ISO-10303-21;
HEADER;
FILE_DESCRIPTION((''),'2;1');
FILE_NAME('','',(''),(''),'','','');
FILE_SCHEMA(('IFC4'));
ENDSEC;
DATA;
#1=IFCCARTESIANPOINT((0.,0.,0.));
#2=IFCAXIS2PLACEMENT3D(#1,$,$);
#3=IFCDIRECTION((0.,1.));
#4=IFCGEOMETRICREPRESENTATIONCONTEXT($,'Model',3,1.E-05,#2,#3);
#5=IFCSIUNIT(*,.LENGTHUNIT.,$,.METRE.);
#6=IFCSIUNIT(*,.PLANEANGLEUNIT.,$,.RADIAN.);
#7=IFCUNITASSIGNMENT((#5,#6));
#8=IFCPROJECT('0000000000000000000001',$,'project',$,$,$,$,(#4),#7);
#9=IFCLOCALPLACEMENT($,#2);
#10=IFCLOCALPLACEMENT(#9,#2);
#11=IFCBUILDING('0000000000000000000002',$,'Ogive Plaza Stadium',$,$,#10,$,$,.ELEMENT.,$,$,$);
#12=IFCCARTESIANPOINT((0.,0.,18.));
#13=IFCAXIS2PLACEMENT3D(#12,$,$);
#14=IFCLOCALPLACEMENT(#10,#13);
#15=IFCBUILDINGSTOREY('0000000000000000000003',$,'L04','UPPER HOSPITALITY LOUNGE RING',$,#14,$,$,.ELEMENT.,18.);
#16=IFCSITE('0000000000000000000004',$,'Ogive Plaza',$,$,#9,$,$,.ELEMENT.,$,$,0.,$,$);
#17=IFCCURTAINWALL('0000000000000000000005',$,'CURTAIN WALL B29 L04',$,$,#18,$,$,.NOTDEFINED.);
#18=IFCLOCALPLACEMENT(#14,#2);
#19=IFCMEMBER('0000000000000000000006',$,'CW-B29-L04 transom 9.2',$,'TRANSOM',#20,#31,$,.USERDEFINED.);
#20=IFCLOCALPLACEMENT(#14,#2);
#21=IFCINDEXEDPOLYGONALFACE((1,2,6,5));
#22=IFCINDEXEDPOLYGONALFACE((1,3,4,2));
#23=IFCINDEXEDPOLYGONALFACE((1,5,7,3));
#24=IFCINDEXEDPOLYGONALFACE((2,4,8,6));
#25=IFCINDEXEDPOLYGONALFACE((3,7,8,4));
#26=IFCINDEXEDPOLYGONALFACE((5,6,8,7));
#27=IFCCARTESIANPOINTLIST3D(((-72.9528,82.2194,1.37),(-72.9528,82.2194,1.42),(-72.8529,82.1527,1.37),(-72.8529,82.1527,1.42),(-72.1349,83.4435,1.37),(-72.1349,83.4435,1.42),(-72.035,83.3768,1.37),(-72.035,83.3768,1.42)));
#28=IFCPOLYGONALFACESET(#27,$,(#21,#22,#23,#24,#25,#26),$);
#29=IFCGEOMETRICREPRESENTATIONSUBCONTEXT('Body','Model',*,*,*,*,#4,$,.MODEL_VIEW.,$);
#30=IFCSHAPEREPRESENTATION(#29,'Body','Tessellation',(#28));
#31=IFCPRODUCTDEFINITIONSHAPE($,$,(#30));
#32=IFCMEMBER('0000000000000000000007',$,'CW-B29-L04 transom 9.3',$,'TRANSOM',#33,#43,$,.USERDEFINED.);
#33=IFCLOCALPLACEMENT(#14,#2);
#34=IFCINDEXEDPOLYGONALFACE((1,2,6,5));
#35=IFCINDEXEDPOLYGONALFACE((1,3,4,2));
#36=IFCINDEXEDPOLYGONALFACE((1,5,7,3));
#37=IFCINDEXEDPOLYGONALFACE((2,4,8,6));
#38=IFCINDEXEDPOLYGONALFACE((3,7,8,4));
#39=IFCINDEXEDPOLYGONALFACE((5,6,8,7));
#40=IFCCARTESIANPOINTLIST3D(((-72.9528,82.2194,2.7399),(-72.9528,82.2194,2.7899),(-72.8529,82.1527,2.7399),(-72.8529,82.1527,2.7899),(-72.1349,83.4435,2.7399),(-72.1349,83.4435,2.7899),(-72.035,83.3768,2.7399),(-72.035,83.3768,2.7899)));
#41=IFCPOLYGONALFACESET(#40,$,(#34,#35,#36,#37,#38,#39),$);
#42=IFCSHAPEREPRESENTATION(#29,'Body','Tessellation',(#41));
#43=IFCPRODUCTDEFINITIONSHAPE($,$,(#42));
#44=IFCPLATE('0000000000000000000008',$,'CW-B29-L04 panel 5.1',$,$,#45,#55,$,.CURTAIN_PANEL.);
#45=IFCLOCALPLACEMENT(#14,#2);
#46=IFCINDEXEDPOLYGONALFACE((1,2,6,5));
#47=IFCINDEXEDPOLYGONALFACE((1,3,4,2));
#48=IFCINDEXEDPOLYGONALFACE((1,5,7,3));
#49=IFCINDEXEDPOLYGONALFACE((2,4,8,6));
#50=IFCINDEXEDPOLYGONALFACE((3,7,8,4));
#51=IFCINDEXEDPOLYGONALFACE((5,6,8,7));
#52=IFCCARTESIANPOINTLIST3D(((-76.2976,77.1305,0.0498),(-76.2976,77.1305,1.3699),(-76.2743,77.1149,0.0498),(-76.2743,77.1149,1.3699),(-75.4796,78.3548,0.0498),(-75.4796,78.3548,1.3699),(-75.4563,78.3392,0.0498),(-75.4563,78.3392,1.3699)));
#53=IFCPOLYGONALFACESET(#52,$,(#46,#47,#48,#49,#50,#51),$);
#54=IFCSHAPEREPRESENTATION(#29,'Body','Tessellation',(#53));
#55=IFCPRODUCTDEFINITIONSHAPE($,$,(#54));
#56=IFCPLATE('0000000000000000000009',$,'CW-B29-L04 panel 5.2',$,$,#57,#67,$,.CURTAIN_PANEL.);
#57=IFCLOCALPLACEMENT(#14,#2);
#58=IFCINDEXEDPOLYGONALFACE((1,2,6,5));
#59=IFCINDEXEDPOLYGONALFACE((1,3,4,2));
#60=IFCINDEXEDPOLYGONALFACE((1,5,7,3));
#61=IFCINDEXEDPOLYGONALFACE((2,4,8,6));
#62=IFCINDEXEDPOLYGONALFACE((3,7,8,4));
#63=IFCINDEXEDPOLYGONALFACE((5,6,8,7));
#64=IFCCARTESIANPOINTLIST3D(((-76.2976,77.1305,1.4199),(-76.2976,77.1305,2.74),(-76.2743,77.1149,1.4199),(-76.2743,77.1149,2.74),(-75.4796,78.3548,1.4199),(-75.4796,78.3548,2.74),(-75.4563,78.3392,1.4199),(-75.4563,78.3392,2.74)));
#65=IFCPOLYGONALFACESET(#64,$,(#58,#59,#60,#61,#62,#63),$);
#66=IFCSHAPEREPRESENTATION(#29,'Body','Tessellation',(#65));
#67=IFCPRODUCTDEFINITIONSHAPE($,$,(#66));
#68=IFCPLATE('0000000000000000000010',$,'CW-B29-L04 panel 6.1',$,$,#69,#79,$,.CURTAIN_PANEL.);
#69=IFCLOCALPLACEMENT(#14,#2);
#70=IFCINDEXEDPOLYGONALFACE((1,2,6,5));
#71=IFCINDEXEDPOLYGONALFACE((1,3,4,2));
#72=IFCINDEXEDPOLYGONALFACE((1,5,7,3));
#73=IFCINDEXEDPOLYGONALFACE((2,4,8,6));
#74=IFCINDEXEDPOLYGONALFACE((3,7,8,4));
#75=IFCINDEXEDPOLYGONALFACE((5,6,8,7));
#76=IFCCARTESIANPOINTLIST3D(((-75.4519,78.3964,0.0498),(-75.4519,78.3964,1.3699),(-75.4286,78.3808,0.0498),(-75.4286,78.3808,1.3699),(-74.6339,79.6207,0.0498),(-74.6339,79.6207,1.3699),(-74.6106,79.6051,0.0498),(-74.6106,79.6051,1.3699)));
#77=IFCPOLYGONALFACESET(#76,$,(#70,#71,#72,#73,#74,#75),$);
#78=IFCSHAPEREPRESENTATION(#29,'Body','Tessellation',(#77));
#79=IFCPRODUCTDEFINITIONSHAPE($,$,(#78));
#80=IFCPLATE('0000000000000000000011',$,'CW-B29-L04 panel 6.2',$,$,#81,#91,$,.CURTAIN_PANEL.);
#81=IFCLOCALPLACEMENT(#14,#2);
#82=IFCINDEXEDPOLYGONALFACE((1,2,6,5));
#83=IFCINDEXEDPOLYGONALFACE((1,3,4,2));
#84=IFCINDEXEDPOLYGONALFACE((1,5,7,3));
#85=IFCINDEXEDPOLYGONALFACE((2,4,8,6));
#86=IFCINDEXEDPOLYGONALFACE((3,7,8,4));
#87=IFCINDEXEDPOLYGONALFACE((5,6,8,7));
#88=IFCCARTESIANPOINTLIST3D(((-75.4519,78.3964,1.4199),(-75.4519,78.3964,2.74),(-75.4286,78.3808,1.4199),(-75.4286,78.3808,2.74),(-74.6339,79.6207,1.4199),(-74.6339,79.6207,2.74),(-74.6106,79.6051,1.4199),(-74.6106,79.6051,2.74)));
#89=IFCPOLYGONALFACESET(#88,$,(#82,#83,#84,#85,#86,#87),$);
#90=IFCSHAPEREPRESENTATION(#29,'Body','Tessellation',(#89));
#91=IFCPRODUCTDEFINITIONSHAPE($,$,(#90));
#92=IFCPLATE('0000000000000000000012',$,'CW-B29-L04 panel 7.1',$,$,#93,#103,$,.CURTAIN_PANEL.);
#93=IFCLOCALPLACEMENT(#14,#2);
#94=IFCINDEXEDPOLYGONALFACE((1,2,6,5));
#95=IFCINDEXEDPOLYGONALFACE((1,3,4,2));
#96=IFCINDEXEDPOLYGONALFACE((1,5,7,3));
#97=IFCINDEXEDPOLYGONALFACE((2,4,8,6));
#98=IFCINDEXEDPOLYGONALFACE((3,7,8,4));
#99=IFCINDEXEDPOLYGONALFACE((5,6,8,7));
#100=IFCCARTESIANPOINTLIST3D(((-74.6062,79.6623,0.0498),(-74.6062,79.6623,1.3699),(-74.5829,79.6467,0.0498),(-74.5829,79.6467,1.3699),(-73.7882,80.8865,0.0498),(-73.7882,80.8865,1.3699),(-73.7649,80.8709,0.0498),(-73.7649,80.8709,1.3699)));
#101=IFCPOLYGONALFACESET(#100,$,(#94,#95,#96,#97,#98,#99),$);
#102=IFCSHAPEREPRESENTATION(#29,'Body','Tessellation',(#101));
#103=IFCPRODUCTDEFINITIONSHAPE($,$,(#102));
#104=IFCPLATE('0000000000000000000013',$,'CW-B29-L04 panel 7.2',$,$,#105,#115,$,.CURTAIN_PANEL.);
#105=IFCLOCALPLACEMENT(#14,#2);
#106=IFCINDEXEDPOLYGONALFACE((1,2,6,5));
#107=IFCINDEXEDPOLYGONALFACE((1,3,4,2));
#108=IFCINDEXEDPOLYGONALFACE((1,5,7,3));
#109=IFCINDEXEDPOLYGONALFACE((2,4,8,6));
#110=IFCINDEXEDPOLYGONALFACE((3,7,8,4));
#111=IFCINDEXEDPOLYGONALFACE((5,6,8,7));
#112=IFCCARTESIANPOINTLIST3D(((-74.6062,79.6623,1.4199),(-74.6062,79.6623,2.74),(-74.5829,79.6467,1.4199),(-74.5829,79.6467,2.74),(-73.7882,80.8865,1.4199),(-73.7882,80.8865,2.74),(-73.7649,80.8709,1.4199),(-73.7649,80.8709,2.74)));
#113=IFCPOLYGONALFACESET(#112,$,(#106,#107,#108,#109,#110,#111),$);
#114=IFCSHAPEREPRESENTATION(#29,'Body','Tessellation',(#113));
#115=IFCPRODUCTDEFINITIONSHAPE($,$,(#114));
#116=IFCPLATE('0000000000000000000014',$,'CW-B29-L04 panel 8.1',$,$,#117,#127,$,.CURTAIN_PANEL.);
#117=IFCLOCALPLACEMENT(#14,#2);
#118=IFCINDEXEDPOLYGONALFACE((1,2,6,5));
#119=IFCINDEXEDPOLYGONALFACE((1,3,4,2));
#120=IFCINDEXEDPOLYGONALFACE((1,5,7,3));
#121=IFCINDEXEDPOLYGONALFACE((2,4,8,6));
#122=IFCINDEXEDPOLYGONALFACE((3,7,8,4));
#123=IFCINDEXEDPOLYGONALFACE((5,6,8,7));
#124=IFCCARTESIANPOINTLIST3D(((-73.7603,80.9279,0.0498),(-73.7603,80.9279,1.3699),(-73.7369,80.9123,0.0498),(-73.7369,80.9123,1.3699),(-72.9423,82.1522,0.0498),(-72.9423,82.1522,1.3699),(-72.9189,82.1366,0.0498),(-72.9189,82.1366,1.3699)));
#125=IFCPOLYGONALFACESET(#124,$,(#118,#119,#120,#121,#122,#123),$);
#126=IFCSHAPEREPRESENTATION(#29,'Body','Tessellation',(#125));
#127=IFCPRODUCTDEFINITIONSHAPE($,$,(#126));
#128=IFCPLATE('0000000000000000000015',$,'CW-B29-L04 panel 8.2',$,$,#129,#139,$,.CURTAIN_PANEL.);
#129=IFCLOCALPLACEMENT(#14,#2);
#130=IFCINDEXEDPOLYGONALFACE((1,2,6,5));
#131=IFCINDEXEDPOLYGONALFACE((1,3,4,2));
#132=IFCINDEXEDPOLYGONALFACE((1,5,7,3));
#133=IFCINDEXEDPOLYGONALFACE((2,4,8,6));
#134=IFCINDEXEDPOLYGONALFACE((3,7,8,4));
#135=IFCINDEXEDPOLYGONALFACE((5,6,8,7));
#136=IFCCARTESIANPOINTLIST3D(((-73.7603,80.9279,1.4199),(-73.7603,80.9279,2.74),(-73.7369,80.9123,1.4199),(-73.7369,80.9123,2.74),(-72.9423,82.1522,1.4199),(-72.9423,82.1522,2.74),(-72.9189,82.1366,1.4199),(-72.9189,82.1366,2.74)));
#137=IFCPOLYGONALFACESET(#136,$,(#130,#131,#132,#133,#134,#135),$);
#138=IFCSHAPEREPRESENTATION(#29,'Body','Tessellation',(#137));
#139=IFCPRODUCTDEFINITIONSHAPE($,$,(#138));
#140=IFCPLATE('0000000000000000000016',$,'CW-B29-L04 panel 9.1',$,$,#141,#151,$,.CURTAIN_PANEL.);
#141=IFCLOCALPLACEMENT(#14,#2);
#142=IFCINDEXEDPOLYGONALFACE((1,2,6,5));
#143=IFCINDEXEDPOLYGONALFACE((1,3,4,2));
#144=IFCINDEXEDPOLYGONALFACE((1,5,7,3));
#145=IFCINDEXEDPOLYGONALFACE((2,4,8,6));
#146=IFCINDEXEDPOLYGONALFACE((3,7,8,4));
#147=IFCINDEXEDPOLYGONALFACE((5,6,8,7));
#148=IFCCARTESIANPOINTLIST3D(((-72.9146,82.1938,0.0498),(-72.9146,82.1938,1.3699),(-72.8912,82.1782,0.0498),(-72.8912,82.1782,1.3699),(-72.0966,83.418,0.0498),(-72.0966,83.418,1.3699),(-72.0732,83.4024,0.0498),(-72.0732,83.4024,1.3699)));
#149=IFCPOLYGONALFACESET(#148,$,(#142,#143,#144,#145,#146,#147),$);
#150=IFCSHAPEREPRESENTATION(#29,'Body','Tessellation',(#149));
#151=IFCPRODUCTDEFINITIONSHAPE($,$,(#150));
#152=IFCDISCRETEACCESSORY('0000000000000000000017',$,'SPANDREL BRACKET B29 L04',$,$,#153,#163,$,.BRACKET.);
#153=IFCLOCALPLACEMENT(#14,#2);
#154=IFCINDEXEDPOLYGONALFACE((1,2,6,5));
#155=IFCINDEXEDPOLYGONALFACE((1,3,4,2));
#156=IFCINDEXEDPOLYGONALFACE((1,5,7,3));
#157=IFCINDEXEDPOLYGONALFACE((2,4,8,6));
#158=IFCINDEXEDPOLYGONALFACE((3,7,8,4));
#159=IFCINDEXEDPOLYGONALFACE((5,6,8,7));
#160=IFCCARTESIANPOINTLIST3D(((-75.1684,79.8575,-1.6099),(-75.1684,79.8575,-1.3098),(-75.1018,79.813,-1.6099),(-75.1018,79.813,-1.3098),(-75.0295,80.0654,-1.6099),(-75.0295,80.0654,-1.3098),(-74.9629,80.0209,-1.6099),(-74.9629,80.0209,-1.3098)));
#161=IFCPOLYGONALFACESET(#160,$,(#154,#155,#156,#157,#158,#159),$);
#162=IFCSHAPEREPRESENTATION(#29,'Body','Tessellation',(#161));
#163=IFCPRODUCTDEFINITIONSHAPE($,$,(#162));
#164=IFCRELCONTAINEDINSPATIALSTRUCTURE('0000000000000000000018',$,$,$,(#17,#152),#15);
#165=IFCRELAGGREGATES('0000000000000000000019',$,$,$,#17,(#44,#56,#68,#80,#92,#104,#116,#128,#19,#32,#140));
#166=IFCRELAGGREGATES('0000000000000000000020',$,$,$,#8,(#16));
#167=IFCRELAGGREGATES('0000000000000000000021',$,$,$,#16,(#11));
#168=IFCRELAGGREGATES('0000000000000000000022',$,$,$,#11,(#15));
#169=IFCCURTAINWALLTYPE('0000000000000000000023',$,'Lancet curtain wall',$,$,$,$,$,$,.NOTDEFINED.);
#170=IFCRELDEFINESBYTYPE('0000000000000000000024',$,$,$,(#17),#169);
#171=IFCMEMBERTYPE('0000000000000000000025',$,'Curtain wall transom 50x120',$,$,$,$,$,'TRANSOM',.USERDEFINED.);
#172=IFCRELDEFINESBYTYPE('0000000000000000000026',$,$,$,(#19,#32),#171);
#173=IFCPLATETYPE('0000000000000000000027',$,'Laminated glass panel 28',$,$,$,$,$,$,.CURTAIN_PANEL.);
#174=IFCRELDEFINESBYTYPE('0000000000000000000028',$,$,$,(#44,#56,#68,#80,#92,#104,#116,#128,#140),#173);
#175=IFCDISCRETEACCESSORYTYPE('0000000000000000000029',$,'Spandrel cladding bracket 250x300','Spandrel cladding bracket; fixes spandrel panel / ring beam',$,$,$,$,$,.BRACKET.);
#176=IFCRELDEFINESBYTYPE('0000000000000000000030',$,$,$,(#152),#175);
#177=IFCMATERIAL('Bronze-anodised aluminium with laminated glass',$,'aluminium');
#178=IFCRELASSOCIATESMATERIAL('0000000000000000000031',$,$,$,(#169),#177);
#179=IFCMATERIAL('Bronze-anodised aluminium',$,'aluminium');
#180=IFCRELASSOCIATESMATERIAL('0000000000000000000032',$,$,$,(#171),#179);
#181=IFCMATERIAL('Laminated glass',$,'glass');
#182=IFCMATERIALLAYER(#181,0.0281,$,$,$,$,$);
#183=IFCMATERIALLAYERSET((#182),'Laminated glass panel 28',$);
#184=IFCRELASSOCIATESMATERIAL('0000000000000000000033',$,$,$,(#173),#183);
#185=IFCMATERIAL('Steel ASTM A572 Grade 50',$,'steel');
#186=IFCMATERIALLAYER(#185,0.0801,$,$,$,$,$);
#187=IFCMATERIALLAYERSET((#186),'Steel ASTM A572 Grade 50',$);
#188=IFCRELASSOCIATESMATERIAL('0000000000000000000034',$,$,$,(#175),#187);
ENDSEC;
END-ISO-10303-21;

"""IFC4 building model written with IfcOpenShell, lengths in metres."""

from ifc_helpers import new_model, si_unit, direction, frame, origin, origin_2d, place, context, subcontext, project, spatial, rectangle, extrude, material, layer, layer_set, material_profile, profile_set, type_object, element, aggregate, save


model = new_model("IFC4")

# Units and contexts
model_context = context("Model", 3, precision=1e-05, world=origin(), true_north=direction((0.0, 1.0)))
body_context = subcontext(model_context, "Body", "Model", "MODEL_VIEW")
ifc_project = project(units=[si_unit("LENGTHUNIT", "METRE"), si_unit("PLANEANGLEUNIT", "RADIAN")], contexts=[model_context])

# Site, building, storey
site_placement = place(None, origin())
site = spatial("IfcSite", under=ifc_project, at=site_placement, Name="Ogive Plaza", CompositionType="ELEMENT", RefElevation=0.0)
building_placement = place(site_placement, origin())
building = spatial("IfcBuilding", under=site, at=building_placement, Name="Ogive Plaza Stadium", CompositionType="ELEMENT")
storey_placement = place(building_placement, frame((0.0, 0.0, 18.0)))
storey = spatial("IfcBuildingStorey", under=building, at=storey_placement, Name="L04", Description="UPPER HOSPITALITY LOUNGE RING", CompositionType="ELEMENT", Elevation=18.0)

# Curtain wall, members, plates
ifc_material_1 = material(Name="Bronze-anodised aluminium with laminated glass", Category="aluminium")
curtain_wall_type = type_object("IfcCurtainWallType", Name="Lancet curtain wall", PredefinedType="NOTDEFINED", material=ifc_material_1)
curtain_wall_placement = place(storey_placement, origin())
curtain_wall = element("IfcCurtainWall", 1, at=curtain_wall_placement, inside=storey, type_object=curtain_wall_type, Name="CURTAIN WALL B29 L04", PredefinedType="NOTDEFINED")
ifc_material_2 = material(Name="Bronze-anodised aluminium", Category="aluminium")
ifc_material_profile_1 = material_profile(ifc_material_2, rectangle(XDim=0.1201, YDim=0.05, at=origin_2d()), Name="AL 120x50")
ifc_profile_set_1 = profile_set([ifc_material_profile_1], Name="Bronze-anodised aluminium")
member_type_1 = type_object("IfcMemberType", Name="Curtain wall transom 50x120", ElementType="TRANSOM", PredefinedType="USERDEFINED", material=ifc_profile_set_1)
member_1_placement = place(storey_placement, frame((-72.9028, 82.186, 1.395), z_axis=(0.555542, 0.831489, 0.0), x_axis=(-0.831489, 0.555542, 0.0)))
member_1 = element("IfcMember", 2, at=member_1_placement, type_object=member_type_1, Name="CW-B29-L04 transom 9.2", ObjectType="TRANSOM", PredefinedType="USERDEFINED", context=body_context, shape_type="SweptSolid", body=[
    extrude(rectangle(XDim=0.1201, YDim=0.05, at=origin_2d()), origin(), (0.0, 0.0, 1.0), 1.4722),
])
member_2_placement = place(storey_placement, frame((-72.9028, 82.186, 2.7649), z_axis=(0.555542, 0.831489, 0.0), x_axis=(-0.831489, 0.555542, 0.0)))
member_2 = element("IfcMember", 3, at=member_2_placement, type_object=member_type_1, Name="CW-B29-L04 transom 9.3", ObjectType="TRANSOM", PredefinedType="USERDEFINED", context=body_context, shape_type="SweptSolid", body=[
    extrude(rectangle(XDim=0.1201, YDim=0.05, at=origin_2d()), origin(), (0.0, 0.0, 1.0), 1.4722),
])
ifc_material_3 = material(Name="Laminated glass", Category="glass")
ifc_layer_1 = layer(ifc_material_3, 0.0281)
ifc_layer_set_1 = layer_set([ifc_layer_1], Name="Laminated glass panel 28")
plate_type = type_object("IfcPlateType", Name="Laminated glass panel 28", PredefinedType="CURTAIN_PANEL", material=ifc_layer_set_1)
plate_1_placement = place(storey_placement, frame((-75.877, 77.7349, 0.0498), z_axis=(0.0, 0.0, 1.0), x_axis=(0.55557, 0.83147, 0.0)))
plate_1 = element("IfcPlate", 4, at=plate_1_placement, type_object=plate_type, Name="CW-B29-L04 panel 5.1", PredefinedType="CURTAIN_PANEL", context=body_context, shape_type="SweptSolid", body=[
    extrude(rectangle(XDim=1.4724, YDim=0.0281, at=origin_2d()), origin(), (0.0, 0.0, 1.0), 1.3201),
])
plate_2_placement = place(storey_placement, frame((-75.877, 77.7349, 1.4199), z_axis=(0.0, 0.0, 1.0), x_axis=(0.55557, 0.83147, 0.0)))
plate_2 = element("IfcPlate", 5, at=plate_2_placement, type_object=plate_type, Name="CW-B29-L04 panel 5.2", PredefinedType="CURTAIN_PANEL", context=body_context, shape_type="SweptSolid", body=[
    extrude(rectangle(XDim=1.4724, YDim=0.0281, at=origin_2d()), origin(), (0.0, 0.0, 1.0), 1.3201),
])
plate_3_placement = place(storey_placement, frame((-75.0312, 79.0007, 0.0498), z_axis=(0.0, 0.0, 1.0), x_axis=(0.55557, 0.83147, 0.0)))
plate_3 = element("IfcPlate", 6, at=plate_3_placement, type_object=plate_type, Name="CW-B29-L04 panel 6.1", PredefinedType="CURTAIN_PANEL", context=body_context, shape_type="SweptSolid", body=[
    extrude(rectangle(XDim=1.4724, YDim=0.0281, at=origin_2d()), origin(), (0.0, 0.0, 1.0), 1.3201),
])
plate_4_placement = place(storey_placement, frame((-75.0312, 79.0007, 1.4199), z_axis=(0.0, 0.0, 1.0), x_axis=(0.55557, 0.83147, 0.0)))
plate_4 = element("IfcPlate", 7, at=plate_4_placement, type_object=plate_type, Name="CW-B29-L04 panel 6.2", PredefinedType="CURTAIN_PANEL", context=body_context, shape_type="SweptSolid", body=[
    extrude(rectangle(XDim=1.4724, YDim=0.0281, at=origin_2d()), origin(), (0.0, 0.0, 1.0), 1.3201),
])
plate_5_placement = place(storey_placement, frame((-74.1855, 80.2666, 0.0498), z_axis=(0.0, 0.0, 1.0), x_axis=(0.55557, 0.83147, 0.0)))
plate_5 = element("IfcPlate", 8, at=plate_5_placement, type_object=plate_type, Name="CW-B29-L04 panel 7.1", PredefinedType="CURTAIN_PANEL", context=body_context, shape_type="SweptSolid", body=[
    extrude(rectangle(XDim=1.4724, YDim=0.0281, at=origin_2d()), origin(), (0.0, 0.0, 1.0), 1.3201),
])
plate_6_placement = place(storey_placement, frame((-74.1855, 80.2666, 1.4199), z_axis=(0.0, 0.0, 1.0), x_axis=(0.55557, 0.83147, 0.0)))
plate_6 = element("IfcPlate", 9, at=plate_6_placement, type_object=plate_type, Name="CW-B29-L04 panel 7.2", PredefinedType="CURTAIN_PANEL", context=body_context, shape_type="SweptSolid", body=[
    extrude(rectangle(XDim=1.4724, YDim=0.0281, at=origin_2d()), origin(), (0.0, 0.0, 1.0), 1.3201),
])
plate_7_placement = place(storey_placement, frame((-73.3396, 81.5322, 0.0498), z_axis=(0.0, 0.0, 1.0), x_axis=(0.55557, 0.83147, 0.0)))
plate_7 = element("IfcPlate", 10, at=plate_7_placement, type_object=plate_type, Name="CW-B29-L04 panel 8.1", PredefinedType="CURTAIN_PANEL", context=body_context, shape_type="SweptSolid", body=[
    extrude(rectangle(XDim=1.4724, YDim=0.0281, at=origin_2d()), origin(), (0.0, 0.0, 1.0), 1.3201),
])
plate_8_placement = place(storey_placement, frame((-73.3396, 81.5322, 1.4199), z_axis=(0.0, 0.0, 1.0), x_axis=(0.55557, 0.83147, 0.0)))
plate_8 = element("IfcPlate", 11, at=plate_8_placement, type_object=plate_type, Name="CW-B29-L04 panel 8.2", PredefinedType="CURTAIN_PANEL", context=body_context, shape_type="SweptSolid", body=[
    extrude(rectangle(XDim=1.4724, YDim=0.0281, at=origin_2d()), origin(), (0.0, 0.0, 1.0), 1.3201),
])
plate_9_placement = place(storey_placement, frame((-72.4939, 82.7981, 0.0498), z_axis=(0.0, 0.0, 1.0), x_axis=(0.55557, 0.83147, 0.0)))
plate_9 = element("IfcPlate", 12, at=plate_9_placement, type_object=plate_type, Name="CW-B29-L04 panel 9.1", PredefinedType="CURTAIN_PANEL", context=body_context, shape_type="SweptSolid", body=[
    extrude(rectangle(XDim=1.4724, YDim=0.0281, at=origin_2d()), origin(), (0.0, 0.0, 1.0), 1.3201),
])
aggregate(curtain_wall, [plate_1, plate_2, plate_3, plate_4, plate_5, plate_6, plate_7, plate_8, member_1, member_2, plate_9])

# Discrete accessory
ifc_material_4 = material(Name="Steel ASTM A572 Grade 50", Category="steel")
ifc_layer_2 = layer(ifc_material_4, 0.0801)
ifc_layer_set_2 = layer_set([ifc_layer_2], Name="Steel ASTM A572 Grade 50")
discrete_accessory_type = type_object("IfcDiscreteAccessoryType", Name="Spandrel cladding bracket 250x300", Description="Spandrel cladding bracket; fixes spandrel panel / ring beam", PredefinedType="BRACKET", material=ifc_layer_set_2)
discrete_accessory_placement = place(storey_placement, frame((-75.0657, 79.9392, -1.6099), z_axis=(0.0, 0.0, 1.0), x_axis=(0.55557, 0.83147, 0.0)))
element("IfcDiscreteAccessory", 13, at=discrete_accessory_placement, inside=storey, type_object=discrete_accessory_type, Name="SPANDREL BRACKET B29 L04", PredefinedType="BRACKET", context=body_context, shape_type="SweptSolid", body=[
    extrude(rectangle(XDim=0.25, YDim=0.0801, at=origin_2d()), origin(), (0.0, 0.0, 1.0), 0.3),
])

save(model, "model.ifc")
